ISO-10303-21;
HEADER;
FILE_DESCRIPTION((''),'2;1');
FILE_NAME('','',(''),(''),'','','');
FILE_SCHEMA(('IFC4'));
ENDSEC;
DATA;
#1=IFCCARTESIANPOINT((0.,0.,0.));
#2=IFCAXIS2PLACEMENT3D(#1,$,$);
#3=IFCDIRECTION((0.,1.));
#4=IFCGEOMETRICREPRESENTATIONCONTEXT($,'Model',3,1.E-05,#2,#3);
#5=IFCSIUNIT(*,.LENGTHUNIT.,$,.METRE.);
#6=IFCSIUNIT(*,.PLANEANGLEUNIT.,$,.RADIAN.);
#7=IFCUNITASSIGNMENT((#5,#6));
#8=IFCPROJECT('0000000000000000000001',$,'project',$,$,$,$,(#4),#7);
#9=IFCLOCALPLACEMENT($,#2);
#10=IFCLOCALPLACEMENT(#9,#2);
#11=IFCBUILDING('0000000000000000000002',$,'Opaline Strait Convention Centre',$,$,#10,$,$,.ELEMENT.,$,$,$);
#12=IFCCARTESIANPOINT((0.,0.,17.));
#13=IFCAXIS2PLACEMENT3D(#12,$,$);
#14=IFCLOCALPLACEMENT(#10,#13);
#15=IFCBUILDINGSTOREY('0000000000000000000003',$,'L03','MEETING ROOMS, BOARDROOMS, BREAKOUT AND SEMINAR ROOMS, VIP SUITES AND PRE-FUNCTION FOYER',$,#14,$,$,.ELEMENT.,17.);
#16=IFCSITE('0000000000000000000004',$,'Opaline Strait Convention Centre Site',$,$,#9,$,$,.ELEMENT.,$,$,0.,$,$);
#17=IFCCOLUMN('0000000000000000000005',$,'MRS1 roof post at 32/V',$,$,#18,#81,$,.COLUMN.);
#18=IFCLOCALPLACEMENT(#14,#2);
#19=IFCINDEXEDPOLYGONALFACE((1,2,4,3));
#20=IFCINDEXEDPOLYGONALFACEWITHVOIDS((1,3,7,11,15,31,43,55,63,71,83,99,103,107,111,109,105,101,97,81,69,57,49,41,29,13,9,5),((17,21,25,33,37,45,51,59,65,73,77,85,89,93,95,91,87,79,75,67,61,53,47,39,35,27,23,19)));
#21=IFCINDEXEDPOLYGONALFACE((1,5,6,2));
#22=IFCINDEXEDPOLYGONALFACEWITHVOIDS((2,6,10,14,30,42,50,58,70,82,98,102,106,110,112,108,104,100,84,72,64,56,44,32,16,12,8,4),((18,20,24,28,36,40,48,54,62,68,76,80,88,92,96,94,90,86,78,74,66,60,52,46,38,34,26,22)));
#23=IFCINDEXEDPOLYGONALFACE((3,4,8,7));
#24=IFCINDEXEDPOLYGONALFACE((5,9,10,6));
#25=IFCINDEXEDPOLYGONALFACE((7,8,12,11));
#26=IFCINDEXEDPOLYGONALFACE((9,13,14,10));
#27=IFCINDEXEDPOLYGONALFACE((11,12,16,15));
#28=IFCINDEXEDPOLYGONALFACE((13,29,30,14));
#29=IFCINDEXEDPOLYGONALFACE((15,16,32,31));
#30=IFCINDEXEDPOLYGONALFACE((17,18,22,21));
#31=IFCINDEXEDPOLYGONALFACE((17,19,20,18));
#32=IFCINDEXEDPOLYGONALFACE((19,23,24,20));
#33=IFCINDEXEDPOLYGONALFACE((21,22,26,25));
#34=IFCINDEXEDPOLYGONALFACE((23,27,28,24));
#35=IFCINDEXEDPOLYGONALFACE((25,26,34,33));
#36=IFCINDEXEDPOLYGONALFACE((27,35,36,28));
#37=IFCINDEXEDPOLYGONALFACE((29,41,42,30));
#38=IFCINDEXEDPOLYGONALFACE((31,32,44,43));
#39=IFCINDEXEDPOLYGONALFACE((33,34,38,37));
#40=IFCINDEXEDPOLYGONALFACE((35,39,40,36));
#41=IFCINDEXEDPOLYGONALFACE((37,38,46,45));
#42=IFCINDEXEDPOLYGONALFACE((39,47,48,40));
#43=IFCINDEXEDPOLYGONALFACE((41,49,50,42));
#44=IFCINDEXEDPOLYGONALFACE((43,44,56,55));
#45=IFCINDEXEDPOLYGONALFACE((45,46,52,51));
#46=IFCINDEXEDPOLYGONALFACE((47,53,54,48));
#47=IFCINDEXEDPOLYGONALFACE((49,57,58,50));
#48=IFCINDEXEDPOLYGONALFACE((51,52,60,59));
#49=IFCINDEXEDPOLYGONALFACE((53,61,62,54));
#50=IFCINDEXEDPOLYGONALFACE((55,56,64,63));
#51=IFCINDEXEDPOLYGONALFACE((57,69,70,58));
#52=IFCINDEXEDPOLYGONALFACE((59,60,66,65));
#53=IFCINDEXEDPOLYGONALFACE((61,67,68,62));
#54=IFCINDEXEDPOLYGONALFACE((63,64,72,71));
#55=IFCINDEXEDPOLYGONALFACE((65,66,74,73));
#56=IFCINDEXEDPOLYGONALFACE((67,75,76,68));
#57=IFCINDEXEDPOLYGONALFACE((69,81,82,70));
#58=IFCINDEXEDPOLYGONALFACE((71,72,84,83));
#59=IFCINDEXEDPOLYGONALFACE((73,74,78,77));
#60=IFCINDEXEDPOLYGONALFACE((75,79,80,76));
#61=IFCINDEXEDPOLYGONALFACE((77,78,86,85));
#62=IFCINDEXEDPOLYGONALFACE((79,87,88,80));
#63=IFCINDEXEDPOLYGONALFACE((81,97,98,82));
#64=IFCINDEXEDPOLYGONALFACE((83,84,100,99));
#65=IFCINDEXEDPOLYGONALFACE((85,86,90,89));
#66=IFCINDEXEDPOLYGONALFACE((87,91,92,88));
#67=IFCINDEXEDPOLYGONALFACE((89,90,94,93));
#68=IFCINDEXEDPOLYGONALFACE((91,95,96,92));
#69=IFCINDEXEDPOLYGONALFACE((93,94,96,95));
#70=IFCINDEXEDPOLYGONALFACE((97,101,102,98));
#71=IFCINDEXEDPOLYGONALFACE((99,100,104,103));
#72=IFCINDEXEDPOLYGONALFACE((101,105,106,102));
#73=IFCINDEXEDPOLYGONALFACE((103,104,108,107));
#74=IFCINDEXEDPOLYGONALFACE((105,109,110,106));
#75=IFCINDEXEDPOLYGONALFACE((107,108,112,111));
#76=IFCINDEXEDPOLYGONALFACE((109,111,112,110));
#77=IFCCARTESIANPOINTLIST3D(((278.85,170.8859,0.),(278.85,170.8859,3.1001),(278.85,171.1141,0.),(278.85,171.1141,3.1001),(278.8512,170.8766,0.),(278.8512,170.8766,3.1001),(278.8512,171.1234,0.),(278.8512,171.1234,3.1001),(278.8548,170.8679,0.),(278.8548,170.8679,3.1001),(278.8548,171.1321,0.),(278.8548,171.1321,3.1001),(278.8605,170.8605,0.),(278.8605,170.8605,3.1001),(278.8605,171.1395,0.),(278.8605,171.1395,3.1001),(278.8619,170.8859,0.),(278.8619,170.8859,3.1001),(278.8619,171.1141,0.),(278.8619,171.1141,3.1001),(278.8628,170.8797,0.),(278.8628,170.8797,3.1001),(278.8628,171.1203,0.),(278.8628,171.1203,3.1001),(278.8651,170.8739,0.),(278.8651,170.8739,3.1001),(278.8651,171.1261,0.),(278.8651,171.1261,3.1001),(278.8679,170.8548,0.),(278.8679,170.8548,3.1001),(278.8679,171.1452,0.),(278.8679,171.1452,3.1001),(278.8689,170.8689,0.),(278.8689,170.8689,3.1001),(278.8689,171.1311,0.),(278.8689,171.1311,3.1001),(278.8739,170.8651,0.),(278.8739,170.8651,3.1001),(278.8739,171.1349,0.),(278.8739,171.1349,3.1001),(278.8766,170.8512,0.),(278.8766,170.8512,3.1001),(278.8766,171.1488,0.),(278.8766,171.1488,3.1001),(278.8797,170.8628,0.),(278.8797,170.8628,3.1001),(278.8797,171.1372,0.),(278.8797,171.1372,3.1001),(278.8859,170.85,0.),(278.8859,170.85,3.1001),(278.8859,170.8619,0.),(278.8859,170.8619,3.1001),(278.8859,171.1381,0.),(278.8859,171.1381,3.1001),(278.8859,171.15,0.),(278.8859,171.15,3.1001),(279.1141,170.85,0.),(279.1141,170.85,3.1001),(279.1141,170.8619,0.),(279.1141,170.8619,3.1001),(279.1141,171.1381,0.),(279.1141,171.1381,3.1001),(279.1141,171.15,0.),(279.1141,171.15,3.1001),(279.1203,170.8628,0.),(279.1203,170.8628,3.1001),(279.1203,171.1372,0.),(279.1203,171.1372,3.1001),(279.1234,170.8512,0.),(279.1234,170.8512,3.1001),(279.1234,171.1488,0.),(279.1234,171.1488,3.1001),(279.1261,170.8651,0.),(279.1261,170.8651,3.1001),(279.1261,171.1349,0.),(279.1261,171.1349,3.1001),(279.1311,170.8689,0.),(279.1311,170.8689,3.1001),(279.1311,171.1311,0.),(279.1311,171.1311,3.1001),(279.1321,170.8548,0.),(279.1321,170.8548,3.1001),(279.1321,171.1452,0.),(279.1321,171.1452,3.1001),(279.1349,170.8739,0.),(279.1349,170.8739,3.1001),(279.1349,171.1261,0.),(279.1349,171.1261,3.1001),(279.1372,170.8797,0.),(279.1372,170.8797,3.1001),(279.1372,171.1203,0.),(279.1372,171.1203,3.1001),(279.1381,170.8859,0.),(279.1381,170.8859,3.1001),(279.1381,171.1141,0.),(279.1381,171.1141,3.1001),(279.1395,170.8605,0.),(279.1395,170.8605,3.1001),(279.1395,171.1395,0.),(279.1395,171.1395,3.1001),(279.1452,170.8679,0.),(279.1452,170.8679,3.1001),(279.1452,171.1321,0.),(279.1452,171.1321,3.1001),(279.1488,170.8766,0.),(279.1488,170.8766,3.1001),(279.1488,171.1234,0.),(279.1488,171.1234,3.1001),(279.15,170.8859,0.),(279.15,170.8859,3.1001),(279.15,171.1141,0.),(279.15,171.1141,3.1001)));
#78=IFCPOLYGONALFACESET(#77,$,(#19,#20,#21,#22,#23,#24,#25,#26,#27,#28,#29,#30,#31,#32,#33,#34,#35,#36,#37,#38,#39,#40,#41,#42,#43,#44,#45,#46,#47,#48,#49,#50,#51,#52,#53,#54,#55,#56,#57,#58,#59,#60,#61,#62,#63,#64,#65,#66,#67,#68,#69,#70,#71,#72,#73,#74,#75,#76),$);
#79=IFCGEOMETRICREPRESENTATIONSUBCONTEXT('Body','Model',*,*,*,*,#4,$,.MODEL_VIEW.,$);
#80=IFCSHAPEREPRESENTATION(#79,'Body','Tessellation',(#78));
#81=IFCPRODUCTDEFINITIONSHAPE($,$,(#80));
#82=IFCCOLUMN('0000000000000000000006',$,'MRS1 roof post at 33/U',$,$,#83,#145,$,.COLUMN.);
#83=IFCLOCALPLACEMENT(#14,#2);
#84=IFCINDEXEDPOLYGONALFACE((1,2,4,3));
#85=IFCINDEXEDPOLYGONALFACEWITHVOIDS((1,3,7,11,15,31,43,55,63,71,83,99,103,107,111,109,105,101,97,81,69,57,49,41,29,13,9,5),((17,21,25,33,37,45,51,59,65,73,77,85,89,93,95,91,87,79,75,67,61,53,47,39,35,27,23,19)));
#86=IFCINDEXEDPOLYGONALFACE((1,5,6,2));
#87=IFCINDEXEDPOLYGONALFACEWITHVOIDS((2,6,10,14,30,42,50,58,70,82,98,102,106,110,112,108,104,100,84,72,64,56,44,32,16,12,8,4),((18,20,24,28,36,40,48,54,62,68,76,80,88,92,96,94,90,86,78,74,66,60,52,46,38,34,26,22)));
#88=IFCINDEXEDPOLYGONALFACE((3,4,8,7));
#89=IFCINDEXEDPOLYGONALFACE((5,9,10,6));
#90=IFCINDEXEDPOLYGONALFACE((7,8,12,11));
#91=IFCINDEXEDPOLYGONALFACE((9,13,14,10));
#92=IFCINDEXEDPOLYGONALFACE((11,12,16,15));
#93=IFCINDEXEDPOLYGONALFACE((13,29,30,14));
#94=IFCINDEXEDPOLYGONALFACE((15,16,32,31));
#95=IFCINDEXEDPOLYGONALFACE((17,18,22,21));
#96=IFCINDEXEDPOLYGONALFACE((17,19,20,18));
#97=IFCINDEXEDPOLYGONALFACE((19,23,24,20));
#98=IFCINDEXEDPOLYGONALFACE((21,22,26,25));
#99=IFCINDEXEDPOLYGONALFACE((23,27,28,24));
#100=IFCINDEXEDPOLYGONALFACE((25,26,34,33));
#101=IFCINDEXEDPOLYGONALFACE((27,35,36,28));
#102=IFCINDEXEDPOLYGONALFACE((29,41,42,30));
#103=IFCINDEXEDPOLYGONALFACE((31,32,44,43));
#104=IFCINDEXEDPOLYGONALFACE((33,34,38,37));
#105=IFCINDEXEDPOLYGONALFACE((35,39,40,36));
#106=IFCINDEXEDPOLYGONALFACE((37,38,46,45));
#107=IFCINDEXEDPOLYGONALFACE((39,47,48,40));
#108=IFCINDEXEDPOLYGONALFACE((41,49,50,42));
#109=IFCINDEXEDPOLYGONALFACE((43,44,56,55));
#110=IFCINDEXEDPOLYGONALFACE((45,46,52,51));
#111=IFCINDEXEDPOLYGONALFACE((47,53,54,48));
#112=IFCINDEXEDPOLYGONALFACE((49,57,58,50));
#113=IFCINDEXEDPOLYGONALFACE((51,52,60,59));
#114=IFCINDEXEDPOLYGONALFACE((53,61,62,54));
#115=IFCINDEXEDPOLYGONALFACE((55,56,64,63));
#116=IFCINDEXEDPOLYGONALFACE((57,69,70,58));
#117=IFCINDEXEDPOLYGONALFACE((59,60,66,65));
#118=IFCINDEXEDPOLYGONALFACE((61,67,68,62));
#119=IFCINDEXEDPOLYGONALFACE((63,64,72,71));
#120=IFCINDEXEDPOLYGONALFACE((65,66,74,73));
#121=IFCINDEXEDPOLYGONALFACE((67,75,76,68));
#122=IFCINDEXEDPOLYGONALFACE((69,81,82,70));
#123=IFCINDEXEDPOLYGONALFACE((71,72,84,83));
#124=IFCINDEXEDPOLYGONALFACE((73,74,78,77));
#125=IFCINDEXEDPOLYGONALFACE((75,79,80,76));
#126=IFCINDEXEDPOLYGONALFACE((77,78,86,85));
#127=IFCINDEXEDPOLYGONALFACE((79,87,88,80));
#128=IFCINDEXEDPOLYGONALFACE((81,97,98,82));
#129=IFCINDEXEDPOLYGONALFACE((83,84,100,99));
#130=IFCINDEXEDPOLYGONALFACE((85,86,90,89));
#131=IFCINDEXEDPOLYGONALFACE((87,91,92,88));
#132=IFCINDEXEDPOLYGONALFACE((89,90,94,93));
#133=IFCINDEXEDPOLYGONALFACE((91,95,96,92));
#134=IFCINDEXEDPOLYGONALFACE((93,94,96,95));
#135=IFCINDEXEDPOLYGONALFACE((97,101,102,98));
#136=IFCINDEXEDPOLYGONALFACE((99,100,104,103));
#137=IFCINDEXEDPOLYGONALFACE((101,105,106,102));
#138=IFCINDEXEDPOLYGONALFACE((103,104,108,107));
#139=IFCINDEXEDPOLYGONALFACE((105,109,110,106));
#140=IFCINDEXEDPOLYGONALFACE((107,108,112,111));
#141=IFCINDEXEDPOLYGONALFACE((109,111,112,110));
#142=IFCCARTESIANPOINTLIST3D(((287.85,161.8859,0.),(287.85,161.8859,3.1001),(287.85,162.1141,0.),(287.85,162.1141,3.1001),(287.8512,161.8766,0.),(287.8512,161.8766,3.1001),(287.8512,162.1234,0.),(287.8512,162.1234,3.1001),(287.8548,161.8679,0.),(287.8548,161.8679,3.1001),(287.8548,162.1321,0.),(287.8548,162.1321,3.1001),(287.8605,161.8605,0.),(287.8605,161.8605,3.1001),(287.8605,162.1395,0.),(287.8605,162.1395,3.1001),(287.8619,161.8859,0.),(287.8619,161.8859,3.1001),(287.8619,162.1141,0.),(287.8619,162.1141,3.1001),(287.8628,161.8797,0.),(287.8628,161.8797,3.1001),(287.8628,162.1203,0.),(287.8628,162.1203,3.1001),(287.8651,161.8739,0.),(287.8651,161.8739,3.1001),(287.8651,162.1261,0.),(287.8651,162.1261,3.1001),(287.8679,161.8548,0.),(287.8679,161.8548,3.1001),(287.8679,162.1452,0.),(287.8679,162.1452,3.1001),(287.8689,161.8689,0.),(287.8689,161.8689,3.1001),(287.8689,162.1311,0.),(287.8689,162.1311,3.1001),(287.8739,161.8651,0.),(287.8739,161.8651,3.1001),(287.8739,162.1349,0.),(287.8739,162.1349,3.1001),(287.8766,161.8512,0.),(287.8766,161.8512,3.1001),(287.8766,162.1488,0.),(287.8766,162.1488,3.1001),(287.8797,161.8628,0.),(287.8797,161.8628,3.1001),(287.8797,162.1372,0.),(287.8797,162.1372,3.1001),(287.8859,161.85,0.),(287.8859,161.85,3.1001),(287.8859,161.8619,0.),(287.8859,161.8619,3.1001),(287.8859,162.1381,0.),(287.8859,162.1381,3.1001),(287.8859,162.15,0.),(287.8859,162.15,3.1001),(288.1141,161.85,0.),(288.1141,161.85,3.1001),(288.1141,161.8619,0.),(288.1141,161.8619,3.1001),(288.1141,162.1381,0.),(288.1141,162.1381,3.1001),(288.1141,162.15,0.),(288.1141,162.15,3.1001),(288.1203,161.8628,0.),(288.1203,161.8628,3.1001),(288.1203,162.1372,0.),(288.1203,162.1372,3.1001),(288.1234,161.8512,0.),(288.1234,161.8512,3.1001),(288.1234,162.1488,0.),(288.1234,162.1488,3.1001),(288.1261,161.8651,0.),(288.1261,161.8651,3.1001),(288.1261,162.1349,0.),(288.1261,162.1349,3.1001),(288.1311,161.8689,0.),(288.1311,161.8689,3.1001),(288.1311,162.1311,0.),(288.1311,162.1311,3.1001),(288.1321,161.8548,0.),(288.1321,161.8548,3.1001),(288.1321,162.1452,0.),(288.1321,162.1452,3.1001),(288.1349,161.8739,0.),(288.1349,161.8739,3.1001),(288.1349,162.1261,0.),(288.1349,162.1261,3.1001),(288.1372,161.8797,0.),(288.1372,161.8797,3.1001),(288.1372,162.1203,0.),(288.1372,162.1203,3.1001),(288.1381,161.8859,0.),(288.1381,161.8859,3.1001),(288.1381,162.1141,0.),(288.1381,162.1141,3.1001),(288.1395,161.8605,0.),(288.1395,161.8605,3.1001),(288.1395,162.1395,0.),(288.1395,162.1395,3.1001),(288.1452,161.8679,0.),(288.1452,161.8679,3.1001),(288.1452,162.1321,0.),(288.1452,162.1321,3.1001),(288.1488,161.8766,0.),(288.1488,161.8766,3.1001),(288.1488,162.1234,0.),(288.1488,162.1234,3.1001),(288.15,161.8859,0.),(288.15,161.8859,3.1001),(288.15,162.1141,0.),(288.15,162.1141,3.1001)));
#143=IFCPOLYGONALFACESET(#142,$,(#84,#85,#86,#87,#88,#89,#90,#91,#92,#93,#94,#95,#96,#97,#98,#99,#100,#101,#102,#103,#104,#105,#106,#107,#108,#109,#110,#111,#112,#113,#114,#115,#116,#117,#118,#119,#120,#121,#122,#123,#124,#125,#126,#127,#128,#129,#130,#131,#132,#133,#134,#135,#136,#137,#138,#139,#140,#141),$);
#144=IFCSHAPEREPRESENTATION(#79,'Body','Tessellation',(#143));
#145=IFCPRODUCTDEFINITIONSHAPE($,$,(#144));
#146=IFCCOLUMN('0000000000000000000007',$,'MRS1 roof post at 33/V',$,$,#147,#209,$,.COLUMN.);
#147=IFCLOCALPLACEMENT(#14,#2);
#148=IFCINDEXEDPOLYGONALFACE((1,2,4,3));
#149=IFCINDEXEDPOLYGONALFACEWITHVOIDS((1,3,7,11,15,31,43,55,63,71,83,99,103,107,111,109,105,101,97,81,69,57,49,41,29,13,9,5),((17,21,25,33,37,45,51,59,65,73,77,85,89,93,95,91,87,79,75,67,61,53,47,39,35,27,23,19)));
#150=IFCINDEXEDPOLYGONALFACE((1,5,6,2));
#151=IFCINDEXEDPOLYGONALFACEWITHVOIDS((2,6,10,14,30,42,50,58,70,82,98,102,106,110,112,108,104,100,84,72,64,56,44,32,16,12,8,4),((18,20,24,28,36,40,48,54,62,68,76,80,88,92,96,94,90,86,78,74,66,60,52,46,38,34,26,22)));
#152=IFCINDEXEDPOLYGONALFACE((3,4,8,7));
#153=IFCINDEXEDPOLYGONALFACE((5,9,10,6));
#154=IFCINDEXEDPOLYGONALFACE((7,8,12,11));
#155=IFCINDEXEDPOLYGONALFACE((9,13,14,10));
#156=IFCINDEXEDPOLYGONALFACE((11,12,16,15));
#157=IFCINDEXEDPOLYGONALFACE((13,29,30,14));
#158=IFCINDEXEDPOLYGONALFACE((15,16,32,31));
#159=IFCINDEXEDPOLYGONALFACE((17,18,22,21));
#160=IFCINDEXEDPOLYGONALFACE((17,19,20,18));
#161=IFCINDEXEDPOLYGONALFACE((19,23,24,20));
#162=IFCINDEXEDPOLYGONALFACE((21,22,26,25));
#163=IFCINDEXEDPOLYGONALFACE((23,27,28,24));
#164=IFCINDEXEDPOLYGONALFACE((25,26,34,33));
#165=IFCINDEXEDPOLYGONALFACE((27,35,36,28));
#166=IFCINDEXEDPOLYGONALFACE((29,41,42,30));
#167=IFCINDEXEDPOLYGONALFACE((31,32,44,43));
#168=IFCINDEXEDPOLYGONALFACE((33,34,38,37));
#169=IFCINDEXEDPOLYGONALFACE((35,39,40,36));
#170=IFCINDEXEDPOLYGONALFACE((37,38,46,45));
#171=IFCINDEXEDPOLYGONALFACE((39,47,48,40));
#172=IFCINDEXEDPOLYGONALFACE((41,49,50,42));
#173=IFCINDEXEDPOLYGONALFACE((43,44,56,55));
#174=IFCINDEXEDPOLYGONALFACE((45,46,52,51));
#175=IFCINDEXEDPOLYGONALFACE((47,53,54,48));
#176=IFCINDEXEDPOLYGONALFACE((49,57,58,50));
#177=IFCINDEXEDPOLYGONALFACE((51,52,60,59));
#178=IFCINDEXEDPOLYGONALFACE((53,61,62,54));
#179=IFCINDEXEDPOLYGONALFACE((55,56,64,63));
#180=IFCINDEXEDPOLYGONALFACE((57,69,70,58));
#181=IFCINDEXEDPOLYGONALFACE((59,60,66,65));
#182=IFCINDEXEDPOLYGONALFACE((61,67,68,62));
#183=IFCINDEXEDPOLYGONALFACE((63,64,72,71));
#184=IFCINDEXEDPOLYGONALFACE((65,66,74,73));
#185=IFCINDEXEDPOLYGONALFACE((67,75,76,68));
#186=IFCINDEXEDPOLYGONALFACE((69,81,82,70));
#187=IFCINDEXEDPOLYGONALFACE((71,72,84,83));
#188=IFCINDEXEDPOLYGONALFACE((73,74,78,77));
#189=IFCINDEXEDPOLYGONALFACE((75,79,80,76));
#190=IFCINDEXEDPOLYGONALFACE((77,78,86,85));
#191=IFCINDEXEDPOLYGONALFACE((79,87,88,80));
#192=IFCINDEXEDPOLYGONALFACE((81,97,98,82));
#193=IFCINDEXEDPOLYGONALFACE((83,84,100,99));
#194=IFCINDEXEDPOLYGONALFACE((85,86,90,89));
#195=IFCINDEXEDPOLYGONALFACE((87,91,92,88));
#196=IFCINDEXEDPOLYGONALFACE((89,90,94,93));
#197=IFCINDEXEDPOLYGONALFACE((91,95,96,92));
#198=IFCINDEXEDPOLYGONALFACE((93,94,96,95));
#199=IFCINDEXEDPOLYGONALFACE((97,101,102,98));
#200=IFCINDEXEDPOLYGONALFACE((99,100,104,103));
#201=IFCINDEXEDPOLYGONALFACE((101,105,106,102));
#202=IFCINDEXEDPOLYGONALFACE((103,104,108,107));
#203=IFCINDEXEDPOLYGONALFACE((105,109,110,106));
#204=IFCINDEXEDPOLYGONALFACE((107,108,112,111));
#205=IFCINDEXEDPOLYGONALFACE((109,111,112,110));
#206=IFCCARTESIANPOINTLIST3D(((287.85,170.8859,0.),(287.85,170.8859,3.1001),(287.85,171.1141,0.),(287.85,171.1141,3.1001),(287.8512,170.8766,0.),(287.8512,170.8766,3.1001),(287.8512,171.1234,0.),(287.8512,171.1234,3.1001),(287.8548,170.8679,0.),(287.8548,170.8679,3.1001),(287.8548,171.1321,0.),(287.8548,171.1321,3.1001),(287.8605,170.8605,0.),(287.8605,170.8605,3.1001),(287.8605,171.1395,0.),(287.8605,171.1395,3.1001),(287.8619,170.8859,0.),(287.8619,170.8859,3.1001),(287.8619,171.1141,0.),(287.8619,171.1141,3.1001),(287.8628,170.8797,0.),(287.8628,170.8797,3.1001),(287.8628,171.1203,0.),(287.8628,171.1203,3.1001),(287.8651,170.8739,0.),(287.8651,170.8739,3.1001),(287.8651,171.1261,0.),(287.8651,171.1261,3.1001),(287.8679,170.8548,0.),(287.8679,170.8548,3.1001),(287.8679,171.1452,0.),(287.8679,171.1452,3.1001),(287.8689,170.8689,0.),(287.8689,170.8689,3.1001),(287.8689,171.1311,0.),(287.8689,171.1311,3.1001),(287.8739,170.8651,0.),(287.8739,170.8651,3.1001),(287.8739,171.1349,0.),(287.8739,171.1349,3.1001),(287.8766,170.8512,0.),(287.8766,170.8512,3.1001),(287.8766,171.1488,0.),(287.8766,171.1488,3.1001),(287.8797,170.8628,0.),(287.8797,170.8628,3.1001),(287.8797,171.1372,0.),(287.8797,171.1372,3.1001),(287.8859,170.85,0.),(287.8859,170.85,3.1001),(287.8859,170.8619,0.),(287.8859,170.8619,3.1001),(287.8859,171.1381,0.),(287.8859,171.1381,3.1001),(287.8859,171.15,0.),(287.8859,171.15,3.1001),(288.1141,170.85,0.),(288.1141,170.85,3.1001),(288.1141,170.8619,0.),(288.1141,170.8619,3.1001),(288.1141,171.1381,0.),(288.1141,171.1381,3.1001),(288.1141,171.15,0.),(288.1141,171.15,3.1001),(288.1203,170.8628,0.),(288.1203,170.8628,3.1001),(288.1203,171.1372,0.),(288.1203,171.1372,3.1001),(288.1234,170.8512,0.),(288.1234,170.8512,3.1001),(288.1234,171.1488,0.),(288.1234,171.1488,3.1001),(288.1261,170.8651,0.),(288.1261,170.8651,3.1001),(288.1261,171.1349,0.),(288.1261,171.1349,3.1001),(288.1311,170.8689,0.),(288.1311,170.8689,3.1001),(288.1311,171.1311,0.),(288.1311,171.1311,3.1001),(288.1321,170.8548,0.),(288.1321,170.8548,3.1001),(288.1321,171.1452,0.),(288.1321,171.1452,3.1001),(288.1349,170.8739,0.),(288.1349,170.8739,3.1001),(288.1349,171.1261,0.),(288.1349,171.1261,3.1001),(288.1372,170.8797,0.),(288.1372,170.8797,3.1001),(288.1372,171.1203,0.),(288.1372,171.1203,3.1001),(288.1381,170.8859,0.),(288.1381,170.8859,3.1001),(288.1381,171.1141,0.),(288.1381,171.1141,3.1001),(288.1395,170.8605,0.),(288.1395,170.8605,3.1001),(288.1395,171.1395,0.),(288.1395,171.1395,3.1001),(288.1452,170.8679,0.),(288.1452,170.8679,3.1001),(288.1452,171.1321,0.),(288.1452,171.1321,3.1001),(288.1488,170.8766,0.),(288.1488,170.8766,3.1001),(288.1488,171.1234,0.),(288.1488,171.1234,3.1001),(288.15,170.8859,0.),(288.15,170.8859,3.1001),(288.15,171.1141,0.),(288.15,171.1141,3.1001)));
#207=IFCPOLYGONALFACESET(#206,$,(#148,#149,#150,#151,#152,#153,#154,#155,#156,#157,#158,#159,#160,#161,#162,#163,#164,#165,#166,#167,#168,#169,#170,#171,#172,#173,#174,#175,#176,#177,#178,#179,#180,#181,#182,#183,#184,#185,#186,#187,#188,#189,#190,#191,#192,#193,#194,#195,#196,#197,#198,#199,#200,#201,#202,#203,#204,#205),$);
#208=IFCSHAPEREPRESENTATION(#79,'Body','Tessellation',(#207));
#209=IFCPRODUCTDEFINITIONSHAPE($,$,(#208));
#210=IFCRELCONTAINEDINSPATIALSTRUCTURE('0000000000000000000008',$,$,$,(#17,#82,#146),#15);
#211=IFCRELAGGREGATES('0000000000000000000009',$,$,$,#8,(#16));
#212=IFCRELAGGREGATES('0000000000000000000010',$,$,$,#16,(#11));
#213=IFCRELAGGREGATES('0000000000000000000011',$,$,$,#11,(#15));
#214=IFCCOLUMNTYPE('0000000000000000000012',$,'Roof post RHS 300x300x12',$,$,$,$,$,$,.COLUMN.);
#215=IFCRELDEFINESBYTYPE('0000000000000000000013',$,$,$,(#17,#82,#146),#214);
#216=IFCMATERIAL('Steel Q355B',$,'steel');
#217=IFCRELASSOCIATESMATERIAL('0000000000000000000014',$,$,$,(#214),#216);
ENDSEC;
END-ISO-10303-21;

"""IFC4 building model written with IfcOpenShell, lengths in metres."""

from ifc_helpers import new_model, si_unit, direction, frame, origin, origin_2d, place, context, subcontext, project, spatial, hollow_rectangle, extrude, material, material_profile, profile_set, type_object, element, save


model = new_model("IFC4")

# Units and contexts
model_context = context("Model", 3, precision=1e-05, world=origin(), true_north=direction((0.0, 1.0)))
body_context = subcontext(model_context, "Body", "Model", "MODEL_VIEW")
ifc_project = project(units=[si_unit("LENGTHUNIT", "METRE"), si_unit("PLANEANGLEUNIT", "RADIAN")], contexts=[model_context])

# Site, building, storey
site_placement = place(None, origin())
site = spatial("IfcSite", under=ifc_project, at=site_placement, Name="Opaline Strait Convention Centre Site", CompositionType="ELEMENT", RefElevation=0.0)
building_placement = place(site_placement, origin())
building = spatial("IfcBuilding", under=site, at=building_placement, Name="Opaline Strait Convention Centre", CompositionType="ELEMENT")
storey_placement = place(building_placement, frame((0.0, 0.0, 17.0)))
storey = spatial("IfcBuildingStorey", under=building, at=storey_placement, Name="L03", Description="MEETING ROOMS, BOARDROOMS, BREAKOUT AND SEMINAR ROOMS, VIP SUITES AND PRE-FUNCTION FOYER", CompositionType="ELEMENT", Elevation=17.0)

# Columns
ifc_material_1 = material(Name="Steel Q355B", Category="steel")
ifc_material_profile_1 = material_profile(ifc_material_1, hollow_rectangle(XDim=0.3, YDim=0.3, WallThickness=0.012, InnerFilletRadius=0.0239, OuterFilletRadius=0.0359, at=origin_2d()), Name="RHS 300x300x12")
ifc_profile_set_1 = profile_set([ifc_material_profile_1], Name="Steel Q355B")
column_type = type_object("IfcColumnType", Name="Roof post RHS 300x300x12", PredefinedType="COLUMN", material=ifc_profile_set_1)
for number, where, z_axis, x_axis, name in (
    (1, (279.0, 171.0, 0.0), (0.0, 0.0, 1.0), (1.0, 0.0, 0.0), "MRS1 roof post at 32/V"),
    (2, (288.0, 162.0, 0.0), (0.0, 0.0, 1.0), (1.0, 0.0, 0.0), "MRS1 roof post at 33/U"),
    (3, (288.0, 171.0, 0.0), (0.0, 0.0, 1.0), (1.0, 0.0, 0.0), "MRS1 roof post at 33/V"),
):
    element("IfcColumn", number, at=place(storey_placement, frame(where, z_axis=z_axis, x_axis=x_axis)), inside=storey, type_object=column_type, Name=name, PredefinedType="COLUMN", context=body_context, shape_type="SweptSolid", body=[
        extrude(hollow_rectangle(XDim=0.3, YDim=0.3, WallThickness=0.012, InnerFilletRadius=0.0239, OuterFilletRadius=0.0359, at=origin_2d()), origin(), (0.0, 0.0, 1.0), 3.1001),
    ])

save(model, "model.ifc")
